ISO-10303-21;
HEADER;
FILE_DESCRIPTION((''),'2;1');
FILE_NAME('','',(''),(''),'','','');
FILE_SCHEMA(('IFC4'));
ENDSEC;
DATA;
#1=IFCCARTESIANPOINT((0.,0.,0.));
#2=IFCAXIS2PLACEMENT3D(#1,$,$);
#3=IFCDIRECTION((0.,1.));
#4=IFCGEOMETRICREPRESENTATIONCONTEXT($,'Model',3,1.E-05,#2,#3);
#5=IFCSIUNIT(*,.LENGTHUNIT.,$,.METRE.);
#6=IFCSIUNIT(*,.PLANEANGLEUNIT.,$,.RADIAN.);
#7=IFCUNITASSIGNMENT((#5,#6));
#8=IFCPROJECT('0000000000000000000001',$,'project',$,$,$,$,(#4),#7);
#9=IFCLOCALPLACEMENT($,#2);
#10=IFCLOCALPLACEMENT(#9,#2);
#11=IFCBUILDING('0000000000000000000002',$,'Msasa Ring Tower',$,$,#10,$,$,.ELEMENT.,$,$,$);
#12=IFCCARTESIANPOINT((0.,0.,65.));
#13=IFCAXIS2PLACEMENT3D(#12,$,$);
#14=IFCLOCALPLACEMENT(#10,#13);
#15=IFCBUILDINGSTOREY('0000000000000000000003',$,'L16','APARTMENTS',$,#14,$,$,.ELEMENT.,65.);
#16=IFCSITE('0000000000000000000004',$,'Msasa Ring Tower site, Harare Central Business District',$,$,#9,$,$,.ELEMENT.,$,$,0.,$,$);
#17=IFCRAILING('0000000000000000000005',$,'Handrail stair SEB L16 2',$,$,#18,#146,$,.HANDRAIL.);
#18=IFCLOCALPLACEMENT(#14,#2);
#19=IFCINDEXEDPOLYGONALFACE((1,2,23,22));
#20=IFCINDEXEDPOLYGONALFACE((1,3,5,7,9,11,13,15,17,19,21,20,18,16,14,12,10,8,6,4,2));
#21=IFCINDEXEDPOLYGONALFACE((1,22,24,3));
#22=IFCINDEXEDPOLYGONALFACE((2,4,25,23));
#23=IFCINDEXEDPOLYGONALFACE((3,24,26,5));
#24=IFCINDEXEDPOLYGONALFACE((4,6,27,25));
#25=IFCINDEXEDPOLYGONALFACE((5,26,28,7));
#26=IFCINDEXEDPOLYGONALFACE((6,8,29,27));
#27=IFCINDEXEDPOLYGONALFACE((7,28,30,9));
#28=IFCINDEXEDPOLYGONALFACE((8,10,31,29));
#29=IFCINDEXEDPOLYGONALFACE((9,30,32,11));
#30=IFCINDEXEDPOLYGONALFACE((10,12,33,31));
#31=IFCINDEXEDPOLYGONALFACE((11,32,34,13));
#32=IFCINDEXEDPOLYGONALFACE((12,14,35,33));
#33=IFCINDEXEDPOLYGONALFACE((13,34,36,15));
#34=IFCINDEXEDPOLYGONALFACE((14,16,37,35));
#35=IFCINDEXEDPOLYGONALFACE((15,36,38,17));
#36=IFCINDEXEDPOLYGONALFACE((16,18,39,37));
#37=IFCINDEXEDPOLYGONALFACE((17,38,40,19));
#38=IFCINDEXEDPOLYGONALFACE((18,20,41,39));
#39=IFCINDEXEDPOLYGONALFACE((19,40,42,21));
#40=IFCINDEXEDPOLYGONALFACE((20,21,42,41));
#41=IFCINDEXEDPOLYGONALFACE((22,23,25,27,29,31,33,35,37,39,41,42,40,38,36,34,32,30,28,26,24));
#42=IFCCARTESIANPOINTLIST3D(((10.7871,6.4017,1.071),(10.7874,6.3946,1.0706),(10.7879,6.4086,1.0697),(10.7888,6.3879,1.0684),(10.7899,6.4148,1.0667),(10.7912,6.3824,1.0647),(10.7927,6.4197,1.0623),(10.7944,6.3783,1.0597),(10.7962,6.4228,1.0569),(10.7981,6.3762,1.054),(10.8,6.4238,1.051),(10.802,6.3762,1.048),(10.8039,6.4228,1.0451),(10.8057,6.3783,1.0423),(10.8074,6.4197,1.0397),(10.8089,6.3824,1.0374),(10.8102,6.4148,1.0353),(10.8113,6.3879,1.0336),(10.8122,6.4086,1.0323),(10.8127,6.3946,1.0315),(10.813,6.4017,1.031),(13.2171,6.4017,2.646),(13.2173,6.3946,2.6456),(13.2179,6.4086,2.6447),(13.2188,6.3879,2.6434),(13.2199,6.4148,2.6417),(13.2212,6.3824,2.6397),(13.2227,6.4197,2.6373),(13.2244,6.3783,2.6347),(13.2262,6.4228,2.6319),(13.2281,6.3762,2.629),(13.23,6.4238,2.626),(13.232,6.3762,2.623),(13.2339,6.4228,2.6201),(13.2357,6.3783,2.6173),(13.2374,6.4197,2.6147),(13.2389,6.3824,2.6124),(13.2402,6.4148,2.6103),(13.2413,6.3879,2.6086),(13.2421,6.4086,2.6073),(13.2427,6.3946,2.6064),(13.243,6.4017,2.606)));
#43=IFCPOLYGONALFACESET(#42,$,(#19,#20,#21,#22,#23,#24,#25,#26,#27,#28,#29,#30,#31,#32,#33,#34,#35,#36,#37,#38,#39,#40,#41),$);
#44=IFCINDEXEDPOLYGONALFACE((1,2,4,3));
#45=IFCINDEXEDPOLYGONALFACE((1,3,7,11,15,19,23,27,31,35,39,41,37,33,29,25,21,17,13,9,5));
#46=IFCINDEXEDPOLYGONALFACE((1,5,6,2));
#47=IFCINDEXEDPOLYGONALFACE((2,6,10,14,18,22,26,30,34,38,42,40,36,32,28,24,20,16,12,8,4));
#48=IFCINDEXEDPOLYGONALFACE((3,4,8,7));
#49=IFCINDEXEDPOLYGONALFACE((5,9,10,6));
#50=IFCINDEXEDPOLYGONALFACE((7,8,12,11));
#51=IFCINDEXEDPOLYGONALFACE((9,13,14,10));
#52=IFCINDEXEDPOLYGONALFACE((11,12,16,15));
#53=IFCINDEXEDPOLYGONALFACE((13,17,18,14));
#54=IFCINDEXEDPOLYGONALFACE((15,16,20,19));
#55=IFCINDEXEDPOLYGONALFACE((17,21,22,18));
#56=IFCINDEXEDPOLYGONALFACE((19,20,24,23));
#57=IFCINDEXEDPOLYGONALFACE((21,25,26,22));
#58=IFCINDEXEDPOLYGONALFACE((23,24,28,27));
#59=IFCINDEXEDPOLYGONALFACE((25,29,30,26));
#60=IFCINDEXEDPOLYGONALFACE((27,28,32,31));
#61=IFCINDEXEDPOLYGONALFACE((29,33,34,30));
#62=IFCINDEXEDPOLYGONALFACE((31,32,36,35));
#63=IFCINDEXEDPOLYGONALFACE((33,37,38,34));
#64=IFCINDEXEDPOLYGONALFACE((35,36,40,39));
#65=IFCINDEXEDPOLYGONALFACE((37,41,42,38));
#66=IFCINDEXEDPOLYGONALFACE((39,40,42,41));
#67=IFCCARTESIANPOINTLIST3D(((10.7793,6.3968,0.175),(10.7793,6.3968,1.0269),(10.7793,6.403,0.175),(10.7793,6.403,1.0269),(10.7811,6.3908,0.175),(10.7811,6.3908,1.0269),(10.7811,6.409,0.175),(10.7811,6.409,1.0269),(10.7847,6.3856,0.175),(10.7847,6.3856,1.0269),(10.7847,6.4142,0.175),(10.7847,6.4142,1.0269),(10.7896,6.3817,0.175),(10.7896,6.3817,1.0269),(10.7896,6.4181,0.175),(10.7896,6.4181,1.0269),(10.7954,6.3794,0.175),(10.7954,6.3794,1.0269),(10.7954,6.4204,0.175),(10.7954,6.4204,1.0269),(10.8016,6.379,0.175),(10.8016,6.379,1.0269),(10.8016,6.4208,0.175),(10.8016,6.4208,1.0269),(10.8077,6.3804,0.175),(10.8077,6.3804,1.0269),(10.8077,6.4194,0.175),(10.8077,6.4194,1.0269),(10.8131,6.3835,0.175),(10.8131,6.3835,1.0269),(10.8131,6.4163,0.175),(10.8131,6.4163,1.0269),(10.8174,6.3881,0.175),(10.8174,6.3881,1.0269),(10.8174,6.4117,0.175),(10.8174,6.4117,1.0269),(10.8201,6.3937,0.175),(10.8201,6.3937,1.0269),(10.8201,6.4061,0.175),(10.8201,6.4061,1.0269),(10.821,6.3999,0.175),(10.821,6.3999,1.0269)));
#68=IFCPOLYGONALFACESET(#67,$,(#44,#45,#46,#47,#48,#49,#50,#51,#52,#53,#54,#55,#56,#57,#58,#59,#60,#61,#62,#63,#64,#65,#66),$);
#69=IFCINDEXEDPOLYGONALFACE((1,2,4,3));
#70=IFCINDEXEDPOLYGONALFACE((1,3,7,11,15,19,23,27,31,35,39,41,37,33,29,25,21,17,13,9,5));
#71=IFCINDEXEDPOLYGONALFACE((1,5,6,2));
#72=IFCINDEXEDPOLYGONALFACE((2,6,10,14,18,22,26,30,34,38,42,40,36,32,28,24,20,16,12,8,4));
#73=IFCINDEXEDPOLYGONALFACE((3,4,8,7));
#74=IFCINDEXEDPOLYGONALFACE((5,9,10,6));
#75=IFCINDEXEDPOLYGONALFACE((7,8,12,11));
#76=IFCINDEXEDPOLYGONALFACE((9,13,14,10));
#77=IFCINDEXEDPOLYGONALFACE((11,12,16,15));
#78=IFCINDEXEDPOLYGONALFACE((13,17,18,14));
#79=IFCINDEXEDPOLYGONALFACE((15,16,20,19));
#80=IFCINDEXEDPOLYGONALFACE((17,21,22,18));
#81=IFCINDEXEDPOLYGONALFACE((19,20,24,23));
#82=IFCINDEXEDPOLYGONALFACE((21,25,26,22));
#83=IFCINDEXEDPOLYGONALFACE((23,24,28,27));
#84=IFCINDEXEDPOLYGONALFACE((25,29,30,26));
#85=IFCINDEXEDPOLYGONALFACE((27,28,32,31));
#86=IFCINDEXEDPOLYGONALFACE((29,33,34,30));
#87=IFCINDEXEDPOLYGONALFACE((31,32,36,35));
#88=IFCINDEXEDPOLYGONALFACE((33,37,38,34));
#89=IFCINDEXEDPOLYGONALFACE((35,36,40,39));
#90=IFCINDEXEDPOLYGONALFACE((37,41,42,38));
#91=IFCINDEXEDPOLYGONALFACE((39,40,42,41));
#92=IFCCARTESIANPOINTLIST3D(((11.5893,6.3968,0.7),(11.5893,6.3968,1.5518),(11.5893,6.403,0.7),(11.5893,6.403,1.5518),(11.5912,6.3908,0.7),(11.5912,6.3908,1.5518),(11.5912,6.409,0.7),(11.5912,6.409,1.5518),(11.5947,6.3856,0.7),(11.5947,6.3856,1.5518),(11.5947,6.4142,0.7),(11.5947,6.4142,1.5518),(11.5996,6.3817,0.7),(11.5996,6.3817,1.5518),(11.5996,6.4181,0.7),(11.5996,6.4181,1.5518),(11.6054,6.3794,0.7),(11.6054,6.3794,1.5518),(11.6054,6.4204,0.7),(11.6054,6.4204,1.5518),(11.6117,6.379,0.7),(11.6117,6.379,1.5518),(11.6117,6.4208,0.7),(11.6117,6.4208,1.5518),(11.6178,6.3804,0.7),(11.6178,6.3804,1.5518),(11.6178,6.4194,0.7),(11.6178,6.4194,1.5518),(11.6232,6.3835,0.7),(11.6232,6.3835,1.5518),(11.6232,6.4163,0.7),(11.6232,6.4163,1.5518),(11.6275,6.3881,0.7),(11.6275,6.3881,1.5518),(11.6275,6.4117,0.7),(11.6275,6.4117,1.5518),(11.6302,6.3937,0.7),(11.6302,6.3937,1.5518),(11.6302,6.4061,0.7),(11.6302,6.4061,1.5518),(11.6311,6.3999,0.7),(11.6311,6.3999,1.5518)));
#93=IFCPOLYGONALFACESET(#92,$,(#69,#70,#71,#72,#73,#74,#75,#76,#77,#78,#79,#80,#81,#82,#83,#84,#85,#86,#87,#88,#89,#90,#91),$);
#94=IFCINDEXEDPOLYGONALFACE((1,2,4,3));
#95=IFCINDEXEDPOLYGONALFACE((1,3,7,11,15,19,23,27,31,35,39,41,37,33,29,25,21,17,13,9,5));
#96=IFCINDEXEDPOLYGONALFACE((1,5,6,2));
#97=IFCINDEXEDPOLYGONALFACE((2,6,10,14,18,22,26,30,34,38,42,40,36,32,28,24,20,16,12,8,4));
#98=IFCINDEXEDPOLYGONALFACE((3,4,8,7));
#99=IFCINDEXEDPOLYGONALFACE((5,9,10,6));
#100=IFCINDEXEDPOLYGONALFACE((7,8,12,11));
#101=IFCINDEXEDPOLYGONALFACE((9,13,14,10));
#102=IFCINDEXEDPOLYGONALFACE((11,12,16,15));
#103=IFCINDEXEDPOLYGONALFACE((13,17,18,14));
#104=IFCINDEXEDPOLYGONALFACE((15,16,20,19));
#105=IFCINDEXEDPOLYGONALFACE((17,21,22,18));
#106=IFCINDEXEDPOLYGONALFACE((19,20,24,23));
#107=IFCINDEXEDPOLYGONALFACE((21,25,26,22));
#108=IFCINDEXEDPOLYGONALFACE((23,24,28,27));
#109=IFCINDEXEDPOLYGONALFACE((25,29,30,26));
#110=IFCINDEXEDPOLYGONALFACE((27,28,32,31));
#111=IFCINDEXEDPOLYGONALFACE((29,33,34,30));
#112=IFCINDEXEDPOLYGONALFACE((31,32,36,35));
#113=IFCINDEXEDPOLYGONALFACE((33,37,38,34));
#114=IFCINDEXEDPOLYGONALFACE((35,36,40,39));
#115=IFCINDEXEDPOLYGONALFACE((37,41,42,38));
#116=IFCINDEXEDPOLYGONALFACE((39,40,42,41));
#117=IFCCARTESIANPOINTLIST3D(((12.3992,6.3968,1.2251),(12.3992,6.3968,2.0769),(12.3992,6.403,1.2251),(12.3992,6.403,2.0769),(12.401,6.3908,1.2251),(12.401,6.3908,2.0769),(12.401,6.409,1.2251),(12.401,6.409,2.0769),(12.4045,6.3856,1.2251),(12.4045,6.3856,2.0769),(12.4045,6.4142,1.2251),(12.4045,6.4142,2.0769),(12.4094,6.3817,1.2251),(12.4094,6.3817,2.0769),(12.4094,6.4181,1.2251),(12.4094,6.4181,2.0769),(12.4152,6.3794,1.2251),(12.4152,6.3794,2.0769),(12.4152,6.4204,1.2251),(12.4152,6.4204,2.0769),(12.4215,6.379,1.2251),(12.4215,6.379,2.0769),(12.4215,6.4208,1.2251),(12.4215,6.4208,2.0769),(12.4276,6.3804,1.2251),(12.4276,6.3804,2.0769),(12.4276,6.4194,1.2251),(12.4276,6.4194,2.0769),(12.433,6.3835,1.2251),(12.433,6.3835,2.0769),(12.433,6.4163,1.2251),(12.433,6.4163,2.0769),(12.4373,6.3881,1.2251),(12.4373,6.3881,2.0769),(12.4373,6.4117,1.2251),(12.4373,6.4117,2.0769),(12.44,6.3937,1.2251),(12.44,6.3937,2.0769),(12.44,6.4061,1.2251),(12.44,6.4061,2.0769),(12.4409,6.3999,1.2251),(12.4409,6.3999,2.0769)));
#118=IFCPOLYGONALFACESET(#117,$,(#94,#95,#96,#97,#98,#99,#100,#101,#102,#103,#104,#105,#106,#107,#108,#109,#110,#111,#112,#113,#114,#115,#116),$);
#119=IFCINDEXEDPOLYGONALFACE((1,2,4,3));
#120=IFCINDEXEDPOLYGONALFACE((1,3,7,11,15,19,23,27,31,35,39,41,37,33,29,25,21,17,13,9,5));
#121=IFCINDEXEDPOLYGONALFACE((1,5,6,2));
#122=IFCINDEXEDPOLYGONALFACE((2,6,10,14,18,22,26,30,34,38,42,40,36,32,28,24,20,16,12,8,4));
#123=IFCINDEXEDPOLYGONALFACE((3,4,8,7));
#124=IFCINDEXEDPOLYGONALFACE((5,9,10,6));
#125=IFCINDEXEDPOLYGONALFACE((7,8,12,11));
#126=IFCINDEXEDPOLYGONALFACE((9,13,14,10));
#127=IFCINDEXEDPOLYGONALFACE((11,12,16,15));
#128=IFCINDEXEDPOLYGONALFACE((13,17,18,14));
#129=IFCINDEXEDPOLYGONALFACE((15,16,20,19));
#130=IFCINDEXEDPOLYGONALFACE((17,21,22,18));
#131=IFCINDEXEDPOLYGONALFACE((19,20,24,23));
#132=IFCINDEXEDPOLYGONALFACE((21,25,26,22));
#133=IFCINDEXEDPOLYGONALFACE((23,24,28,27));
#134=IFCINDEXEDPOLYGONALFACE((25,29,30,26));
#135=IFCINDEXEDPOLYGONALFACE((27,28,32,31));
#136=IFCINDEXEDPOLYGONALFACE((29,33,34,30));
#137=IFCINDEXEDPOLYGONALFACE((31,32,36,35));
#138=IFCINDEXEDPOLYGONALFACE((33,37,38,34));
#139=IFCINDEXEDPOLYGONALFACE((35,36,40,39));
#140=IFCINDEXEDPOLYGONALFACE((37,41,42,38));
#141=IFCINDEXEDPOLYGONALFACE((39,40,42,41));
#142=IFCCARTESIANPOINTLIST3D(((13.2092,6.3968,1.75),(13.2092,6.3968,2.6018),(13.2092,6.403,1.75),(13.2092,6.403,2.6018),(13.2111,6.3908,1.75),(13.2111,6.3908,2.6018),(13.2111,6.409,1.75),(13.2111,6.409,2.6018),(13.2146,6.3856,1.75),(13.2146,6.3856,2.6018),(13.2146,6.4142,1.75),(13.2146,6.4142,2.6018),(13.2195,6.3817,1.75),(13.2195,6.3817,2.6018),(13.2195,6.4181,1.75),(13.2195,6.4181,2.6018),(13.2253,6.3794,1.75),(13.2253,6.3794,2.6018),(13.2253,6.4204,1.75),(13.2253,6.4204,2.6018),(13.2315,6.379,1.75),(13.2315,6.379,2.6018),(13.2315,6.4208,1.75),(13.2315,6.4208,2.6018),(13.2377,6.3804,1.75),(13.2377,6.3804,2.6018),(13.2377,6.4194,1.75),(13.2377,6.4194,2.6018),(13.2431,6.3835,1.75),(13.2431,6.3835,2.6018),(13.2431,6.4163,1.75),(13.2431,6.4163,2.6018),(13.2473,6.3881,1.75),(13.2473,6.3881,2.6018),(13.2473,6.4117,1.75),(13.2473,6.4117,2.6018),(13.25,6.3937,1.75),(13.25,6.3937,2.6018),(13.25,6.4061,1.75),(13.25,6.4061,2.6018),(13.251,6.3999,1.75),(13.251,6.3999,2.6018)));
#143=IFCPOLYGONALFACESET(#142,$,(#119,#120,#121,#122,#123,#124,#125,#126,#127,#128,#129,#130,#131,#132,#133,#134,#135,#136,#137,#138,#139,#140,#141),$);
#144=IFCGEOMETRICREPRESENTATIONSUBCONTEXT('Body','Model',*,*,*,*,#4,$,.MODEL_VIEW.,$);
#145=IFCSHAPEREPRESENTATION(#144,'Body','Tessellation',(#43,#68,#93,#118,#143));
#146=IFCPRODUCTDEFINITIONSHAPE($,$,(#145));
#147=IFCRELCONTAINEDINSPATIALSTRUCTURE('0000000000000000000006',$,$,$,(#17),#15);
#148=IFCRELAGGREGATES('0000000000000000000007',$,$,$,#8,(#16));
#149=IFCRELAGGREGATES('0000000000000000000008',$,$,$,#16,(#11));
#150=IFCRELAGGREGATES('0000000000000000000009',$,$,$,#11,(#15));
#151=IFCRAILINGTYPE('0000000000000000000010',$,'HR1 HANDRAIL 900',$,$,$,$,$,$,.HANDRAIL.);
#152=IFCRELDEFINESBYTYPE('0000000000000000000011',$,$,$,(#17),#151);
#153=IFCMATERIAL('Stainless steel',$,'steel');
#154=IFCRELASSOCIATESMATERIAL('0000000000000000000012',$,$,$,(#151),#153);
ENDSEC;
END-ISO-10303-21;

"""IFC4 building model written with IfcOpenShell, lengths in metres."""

from ifc_helpers import new_model, si_unit, direction, frame, origin, origin_2d, place, context, subcontext, project, spatial, circle, extrude, material, type_object, element, save


model = new_model("IFC4")

# Units and contexts
model_context = context("Model", 3, precision=1e-05, world=origin(), true_north=direction((0.0, 1.0)))
body_context = subcontext(model_context, "Body", "Model", "MODEL_VIEW")
ifc_project = project(units=[si_unit("LENGTHUNIT", "METRE"), si_unit("PLANEANGLEUNIT", "RADIAN")], contexts=[model_context])

# Site, building, storey
site_placement = place(None, origin())
site = spatial("IfcSite", under=ifc_project, at=site_placement, Name="Msasa Ring Tower site, Harare Central Business District", CompositionType="ELEMENT", RefElevation=0.0)
building_placement = place(site_placement, origin())
building = spatial("IfcBuilding", under=site, at=building_placement, Name="Msasa Ring Tower", CompositionType="ELEMENT")
storey_placement = place(building_placement, frame((0.0, 0.0, 65.0)))
storey = spatial("IfcBuildingStorey", under=building, at=storey_placement, Name="L16", Description="APARTMENTS", CompositionType="ELEMENT", Elevation=65.0)

# Railing
ifc_material_1 = material(Name="Stainless steel", Category="steel")
railing_type = type_object("IfcRailingType", Name="HR1 HANDRAIL 900", PredefinedType="HANDRAIL", material=ifc_material_1)
for number, where, name in (
    (1, (10.8, 6.3999, 0.175), "Handrail stair SEB L16 2"),
):
    element("IfcRailing", number, at=place(storey_placement, frame(where)), inside=storey, type_object=railing_type, Name=name, PredefinedType="HANDRAIL", context=body_context, shape_type="SweptSolid", body=[
        extrude(circle(Radius=0.0239, at=origin_2d()), frame((0.0, 0.0, 0.876), z_axis=(0.839154, 0.0, 0.543894), x_axis=(0.0, 1.0, 0.0)), (0.0, 0.0, 1.0), 2.8958),
        extrude(circle(Radius=0.021, at=origin_2d()), origin(), (0.0, 0.0, 1.0), 0.8518),
        extrude(circle(Radius=0.021, at=origin_2d()), frame((0.8101, 0.0, 0.5249)), (0.0, 0.0, 1.0), 0.8518),
        extrude(circle(Radius=0.021, at=origin_2d()), frame((1.6199, 0.0, 1.05)), (0.0, 0.0, 1.0), 0.8518),
        extrude(circle(Radius=0.021, at=origin_2d()), frame((2.4299, 0.0, 1.575)), (0.0, 0.0, 1.0), 0.8518),
    ])

save(model, "model.ifc")
